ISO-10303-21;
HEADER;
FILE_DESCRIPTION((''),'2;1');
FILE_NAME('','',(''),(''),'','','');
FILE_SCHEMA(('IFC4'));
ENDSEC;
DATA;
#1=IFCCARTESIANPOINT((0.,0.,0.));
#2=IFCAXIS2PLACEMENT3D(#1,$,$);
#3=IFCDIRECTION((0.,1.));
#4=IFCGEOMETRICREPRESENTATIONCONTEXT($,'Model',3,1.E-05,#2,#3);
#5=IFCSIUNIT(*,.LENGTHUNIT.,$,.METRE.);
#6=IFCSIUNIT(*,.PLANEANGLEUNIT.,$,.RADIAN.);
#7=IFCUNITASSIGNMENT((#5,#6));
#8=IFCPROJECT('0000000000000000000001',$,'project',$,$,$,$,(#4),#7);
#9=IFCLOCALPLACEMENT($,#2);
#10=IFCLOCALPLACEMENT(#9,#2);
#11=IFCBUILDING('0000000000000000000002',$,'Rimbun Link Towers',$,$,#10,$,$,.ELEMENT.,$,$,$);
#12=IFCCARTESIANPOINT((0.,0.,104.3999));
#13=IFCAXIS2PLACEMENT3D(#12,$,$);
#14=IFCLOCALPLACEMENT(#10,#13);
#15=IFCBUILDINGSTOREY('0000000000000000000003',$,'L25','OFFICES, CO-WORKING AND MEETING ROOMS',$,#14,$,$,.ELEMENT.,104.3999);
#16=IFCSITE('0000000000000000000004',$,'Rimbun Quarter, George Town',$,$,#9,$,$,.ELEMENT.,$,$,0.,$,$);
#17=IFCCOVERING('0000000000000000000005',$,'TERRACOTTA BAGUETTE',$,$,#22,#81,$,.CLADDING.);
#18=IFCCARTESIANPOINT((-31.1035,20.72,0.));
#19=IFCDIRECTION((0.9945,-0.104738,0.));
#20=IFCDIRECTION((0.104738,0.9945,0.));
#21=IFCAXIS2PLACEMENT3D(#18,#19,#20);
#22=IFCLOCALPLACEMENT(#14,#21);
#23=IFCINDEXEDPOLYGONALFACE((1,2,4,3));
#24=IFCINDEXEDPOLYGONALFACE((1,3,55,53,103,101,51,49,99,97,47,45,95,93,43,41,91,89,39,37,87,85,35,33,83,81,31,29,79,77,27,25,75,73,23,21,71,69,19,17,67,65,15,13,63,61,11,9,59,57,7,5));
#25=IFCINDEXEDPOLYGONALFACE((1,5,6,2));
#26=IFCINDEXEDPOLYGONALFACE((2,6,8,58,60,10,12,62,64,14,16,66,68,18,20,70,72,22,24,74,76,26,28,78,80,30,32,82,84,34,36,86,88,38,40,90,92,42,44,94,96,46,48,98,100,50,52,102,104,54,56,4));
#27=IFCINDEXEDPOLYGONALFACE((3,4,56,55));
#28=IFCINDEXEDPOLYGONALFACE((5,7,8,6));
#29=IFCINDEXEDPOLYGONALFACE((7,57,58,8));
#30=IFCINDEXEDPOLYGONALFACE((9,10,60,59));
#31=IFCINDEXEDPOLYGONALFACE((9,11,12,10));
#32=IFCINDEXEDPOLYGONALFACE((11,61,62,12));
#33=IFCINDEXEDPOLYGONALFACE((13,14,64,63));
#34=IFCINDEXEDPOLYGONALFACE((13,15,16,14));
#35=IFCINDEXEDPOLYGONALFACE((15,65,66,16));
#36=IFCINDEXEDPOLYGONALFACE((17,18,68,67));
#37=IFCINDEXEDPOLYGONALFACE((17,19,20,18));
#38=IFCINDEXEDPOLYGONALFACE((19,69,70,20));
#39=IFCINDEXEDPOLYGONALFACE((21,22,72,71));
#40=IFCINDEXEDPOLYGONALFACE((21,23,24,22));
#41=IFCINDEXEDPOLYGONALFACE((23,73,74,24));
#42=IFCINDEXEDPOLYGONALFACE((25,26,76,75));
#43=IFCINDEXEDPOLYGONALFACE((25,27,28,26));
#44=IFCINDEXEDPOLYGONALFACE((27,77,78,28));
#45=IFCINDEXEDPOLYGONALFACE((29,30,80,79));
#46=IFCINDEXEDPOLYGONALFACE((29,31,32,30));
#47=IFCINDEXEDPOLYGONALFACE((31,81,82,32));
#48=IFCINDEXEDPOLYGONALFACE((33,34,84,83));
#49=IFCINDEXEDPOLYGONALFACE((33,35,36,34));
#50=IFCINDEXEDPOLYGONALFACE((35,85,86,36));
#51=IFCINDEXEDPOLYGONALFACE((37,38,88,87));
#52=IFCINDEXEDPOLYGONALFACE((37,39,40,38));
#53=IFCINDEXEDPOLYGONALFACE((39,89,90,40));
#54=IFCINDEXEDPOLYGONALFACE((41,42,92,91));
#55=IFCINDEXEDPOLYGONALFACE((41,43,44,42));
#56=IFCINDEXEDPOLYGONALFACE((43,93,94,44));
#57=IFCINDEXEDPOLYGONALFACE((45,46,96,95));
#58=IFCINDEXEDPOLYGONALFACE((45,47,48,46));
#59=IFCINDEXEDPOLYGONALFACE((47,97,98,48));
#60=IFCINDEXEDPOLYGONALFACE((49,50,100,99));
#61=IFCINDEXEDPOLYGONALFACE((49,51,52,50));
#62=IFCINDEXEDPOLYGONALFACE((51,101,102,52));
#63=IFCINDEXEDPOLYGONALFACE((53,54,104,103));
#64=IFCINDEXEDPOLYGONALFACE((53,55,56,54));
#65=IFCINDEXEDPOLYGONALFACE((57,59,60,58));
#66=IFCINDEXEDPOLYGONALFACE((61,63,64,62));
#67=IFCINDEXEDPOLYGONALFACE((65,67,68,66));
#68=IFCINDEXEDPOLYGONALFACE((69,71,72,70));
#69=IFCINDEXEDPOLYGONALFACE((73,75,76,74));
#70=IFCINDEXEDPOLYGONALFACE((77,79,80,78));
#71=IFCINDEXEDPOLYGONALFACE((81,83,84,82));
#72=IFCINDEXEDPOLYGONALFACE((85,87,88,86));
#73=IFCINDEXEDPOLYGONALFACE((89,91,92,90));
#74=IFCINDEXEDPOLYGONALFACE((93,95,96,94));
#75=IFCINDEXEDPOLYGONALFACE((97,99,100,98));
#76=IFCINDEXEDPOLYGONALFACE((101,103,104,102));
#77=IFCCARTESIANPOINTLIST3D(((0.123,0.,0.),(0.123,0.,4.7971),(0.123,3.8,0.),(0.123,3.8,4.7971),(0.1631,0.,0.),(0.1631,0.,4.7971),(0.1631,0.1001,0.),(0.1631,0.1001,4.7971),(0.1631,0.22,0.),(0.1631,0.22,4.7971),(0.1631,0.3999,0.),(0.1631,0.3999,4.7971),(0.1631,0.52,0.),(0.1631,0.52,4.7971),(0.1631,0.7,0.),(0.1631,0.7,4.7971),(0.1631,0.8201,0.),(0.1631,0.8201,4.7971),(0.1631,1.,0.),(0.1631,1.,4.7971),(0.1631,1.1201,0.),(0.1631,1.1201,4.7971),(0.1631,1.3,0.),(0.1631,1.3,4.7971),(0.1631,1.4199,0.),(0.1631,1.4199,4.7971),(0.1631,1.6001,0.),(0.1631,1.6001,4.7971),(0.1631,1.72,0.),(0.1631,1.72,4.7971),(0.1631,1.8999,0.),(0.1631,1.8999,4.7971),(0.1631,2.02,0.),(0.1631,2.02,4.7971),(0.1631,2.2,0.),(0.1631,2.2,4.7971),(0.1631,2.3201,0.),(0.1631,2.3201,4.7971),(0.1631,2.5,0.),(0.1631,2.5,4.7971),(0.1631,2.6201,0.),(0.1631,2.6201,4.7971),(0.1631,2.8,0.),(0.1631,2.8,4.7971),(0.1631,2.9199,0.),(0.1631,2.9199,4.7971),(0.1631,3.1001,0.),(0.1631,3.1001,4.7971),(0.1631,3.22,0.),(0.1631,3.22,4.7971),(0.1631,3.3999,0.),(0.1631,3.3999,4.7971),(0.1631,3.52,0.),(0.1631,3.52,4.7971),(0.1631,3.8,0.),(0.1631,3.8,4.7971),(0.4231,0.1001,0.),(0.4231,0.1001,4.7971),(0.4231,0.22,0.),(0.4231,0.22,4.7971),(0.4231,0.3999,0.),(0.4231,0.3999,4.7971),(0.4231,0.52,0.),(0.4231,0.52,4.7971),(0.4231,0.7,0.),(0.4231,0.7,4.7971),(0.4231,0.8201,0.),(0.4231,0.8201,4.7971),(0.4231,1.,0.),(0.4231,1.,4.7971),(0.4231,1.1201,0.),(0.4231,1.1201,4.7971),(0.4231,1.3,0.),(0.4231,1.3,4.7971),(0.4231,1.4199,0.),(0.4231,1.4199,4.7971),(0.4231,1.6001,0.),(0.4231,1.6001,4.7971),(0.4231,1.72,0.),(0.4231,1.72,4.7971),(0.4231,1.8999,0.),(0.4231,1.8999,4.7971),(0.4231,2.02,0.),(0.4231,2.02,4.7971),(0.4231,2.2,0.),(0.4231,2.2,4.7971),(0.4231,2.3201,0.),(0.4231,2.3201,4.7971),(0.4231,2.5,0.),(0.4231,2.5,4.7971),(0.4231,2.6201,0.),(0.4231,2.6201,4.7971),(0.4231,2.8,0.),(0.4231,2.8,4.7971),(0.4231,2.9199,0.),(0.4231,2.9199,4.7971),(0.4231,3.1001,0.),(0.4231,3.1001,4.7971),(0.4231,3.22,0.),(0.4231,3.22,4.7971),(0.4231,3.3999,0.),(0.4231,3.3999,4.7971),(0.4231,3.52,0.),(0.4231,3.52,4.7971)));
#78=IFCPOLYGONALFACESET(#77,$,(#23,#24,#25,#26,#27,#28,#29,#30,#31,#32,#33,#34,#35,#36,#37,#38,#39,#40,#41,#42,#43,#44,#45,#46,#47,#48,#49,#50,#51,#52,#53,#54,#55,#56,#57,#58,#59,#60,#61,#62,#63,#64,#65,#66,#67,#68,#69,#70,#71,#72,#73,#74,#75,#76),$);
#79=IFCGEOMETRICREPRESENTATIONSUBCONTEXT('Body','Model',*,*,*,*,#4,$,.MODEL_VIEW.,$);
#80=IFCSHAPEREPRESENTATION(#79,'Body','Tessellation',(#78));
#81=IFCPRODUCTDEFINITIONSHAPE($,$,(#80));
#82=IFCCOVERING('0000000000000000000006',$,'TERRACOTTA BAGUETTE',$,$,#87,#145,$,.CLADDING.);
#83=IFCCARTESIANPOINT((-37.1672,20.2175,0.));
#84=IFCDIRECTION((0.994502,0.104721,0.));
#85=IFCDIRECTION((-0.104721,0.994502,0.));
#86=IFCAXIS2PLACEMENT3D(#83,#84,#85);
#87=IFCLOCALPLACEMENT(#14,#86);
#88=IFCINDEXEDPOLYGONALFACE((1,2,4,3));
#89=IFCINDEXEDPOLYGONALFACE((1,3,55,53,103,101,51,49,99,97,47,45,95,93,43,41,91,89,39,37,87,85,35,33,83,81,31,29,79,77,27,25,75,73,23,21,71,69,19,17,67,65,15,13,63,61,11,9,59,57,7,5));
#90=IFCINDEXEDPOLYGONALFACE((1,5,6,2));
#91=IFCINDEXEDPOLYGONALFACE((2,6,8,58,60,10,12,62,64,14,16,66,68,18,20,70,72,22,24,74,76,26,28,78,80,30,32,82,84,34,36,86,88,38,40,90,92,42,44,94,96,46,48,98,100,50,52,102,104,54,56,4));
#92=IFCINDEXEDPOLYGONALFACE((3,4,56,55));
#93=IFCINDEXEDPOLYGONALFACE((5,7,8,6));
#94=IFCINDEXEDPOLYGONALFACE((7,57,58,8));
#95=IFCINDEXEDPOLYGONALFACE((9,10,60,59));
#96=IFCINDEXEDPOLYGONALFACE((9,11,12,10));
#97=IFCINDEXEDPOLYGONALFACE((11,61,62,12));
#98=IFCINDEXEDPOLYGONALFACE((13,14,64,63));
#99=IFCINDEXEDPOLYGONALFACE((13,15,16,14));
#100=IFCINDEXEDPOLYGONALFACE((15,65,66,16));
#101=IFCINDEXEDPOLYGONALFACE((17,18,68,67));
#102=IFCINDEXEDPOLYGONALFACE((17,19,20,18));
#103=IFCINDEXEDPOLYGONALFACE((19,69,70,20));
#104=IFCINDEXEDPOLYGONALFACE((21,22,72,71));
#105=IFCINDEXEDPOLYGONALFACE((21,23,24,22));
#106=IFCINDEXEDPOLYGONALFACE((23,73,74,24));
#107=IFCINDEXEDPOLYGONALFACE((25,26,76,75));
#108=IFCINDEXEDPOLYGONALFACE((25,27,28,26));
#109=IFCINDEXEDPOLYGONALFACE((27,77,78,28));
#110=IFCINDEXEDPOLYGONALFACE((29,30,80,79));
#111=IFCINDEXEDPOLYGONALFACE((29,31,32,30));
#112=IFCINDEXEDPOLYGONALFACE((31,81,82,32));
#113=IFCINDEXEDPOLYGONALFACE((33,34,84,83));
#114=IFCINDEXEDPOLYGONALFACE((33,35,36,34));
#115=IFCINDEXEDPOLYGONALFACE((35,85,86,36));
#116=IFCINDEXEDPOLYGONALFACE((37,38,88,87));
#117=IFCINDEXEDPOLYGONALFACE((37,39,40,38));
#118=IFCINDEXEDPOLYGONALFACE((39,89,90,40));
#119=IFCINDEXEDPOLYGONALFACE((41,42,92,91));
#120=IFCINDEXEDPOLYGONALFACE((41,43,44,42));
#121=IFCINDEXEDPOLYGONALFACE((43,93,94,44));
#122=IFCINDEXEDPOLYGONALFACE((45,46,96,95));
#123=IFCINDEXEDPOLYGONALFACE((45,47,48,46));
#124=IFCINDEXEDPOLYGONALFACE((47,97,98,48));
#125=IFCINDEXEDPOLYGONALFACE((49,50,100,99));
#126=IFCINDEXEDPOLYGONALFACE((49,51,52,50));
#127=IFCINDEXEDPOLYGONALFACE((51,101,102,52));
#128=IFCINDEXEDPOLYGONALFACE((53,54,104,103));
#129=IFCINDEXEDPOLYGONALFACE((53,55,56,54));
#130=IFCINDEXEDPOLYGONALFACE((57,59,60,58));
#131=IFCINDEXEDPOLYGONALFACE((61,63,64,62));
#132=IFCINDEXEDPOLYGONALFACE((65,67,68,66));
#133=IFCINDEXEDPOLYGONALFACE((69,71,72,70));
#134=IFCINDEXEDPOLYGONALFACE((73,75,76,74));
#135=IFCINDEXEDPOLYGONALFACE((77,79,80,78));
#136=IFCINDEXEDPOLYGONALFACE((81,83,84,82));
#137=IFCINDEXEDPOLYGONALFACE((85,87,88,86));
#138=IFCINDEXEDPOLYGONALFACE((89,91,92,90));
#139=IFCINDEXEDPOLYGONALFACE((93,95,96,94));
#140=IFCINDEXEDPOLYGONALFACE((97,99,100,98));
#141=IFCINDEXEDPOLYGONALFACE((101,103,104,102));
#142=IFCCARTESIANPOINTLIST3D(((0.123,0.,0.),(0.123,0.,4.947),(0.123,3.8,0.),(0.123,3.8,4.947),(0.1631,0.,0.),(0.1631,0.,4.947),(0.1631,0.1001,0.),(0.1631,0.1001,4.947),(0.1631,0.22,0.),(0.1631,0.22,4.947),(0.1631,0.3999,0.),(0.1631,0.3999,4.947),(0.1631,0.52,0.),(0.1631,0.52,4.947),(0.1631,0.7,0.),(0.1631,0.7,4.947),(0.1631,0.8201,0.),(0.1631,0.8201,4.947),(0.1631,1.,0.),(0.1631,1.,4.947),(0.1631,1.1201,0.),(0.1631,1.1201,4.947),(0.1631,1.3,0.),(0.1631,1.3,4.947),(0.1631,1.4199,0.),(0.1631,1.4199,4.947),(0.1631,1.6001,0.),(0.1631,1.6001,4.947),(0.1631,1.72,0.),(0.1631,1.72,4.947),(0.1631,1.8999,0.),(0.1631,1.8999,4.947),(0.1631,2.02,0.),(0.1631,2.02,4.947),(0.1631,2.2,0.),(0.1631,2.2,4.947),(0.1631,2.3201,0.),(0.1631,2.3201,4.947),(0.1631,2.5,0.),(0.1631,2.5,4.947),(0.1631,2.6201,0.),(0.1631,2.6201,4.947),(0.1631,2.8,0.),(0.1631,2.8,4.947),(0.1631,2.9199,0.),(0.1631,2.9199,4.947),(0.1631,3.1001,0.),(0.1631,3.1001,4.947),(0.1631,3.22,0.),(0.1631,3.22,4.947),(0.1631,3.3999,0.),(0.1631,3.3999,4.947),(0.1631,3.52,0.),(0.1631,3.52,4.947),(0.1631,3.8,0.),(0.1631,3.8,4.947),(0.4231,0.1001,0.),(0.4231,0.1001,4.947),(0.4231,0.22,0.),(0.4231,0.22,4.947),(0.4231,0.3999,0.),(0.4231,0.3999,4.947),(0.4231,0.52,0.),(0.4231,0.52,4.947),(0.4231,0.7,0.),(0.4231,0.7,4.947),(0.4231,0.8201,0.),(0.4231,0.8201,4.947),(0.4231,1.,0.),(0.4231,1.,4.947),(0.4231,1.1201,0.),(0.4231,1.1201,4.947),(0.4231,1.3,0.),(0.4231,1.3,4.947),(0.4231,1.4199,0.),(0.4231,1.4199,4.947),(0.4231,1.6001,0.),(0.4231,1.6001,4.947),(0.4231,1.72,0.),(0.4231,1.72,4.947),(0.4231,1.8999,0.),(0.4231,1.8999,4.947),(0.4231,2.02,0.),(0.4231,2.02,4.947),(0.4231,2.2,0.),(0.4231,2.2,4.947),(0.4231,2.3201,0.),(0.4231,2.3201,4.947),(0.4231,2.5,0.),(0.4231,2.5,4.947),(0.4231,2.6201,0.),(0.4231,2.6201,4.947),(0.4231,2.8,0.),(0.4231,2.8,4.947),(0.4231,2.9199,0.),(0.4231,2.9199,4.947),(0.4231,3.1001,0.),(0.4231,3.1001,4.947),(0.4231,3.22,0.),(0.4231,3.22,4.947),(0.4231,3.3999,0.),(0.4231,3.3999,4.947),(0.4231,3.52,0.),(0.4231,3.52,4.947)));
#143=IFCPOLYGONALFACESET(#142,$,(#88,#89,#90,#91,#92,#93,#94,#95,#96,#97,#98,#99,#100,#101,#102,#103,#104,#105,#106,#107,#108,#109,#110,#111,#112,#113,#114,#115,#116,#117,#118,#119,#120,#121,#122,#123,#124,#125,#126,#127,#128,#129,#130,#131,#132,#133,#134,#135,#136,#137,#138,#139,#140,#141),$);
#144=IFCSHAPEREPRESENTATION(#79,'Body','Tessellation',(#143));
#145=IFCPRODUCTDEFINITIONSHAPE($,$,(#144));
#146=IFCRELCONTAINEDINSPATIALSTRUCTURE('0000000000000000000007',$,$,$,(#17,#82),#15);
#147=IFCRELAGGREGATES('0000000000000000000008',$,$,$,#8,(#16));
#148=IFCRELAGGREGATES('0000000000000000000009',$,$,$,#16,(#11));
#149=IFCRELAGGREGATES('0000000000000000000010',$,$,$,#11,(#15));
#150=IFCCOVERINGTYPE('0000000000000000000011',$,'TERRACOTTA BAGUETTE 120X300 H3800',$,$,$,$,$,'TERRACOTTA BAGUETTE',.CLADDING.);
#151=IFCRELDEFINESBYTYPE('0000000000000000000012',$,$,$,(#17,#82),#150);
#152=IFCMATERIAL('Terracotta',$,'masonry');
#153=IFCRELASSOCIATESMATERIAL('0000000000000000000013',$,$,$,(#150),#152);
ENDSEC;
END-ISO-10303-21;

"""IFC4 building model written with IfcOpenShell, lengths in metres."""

from ifc_helpers import new_model, si_unit, direction, frame, origin, place, context, subcontext, project, spatial, polyline, outline, extrude, material, material_profile, profile_set, type_object, element, save


model = new_model("IFC4")

# Units and contexts
model_context = context("Model", 3, precision=1e-05, world=origin(), true_north=direction((0.0, 1.0)))
body_context = subcontext(model_context, "Body", "Model", "MODEL_VIEW")
ifc_project = project(units=[si_unit("LENGTHUNIT", "METRE"), si_unit("PLANEANGLEUNIT", "RADIAN")], contexts=[model_context])

# Site, building, storey
site_placement = place(None, origin())
site = spatial("IfcSite", under=ifc_project, at=site_placement, Name="Rimbun Quarter, George Town", CompositionType="ELEMENT", RefElevation=0.0)
building_placement = place(site_placement, origin())
building = spatial("IfcBuilding", under=site, at=building_placement, Name="Rimbun Link Towers", CompositionType="ELEMENT")
storey_placement = place(building_placement, frame((0.0, 0.0, 104.3999)))
storey = spatial("IfcBuildingStorey", under=building, at=storey_placement, Name="L25", Description="OFFICES, CO-WORKING AND MEETING ROOMS", CompositionType="ELEMENT", Elevation=104.3999)

# Coverings
ifc_material_1 = material(Name="Terracotta", Category="masonry")
ifc_material_profile_1 = material_profile(ifc_material_1, outline(polyline([(0.123, 0.0), (0.1631, 0.0), (0.1631, 0.1001), (0.4231, 0.1001), (0.4231, 0.22), (0.1631, 0.22), (0.1631, 0.3999), (0.4231, 0.3999), (0.4231, 0.52), (0.1631, 0.52), (0.1631, 0.7), (0.4231, 0.7), (0.4231, 0.8201), (0.1631, 0.8201), (0.1631, 1.0), (0.4231, 1.0), (0.4231, 1.1201), (0.1631, 1.1201), (0.1631, 1.3), (0.4231, 1.3), (0.4231, 1.4199), (0.1631, 1.4199), (0.1631, 1.6001), (0.4231, 1.6001), (0.4231, 1.72), (0.1631, 1.72), (0.1631, 1.8999), (0.4231, 1.8999), (0.4231, 2.02), (0.1631, 2.02), (0.1631, 2.2), (0.4231, 2.2), (0.4231, 2.3201), (0.1631, 2.3201), (0.1631, 2.5), (0.4231, 2.5), (0.4231, 2.6201), (0.1631, 2.6201), (0.1631, 2.8), (0.4231, 2.8), (0.4231, 2.9199), (0.1631, 2.9199), (0.1631, 3.1001), (0.4231, 3.1001), (0.4231, 3.22), (0.1631, 3.22), (0.1631, 3.3999), (0.4231, 3.3999), (0.4231, 3.52), (0.1631, 3.52), (0.1631, 3.8), (0.123, 3.8), (0.123, 0.0)])), Name="BAGUETTE 120X300")
ifc_profile_set_1 = profile_set([ifc_material_profile_1], Name="Terracotta")
covering_type = type_object("IfcCoveringType", Name="TERRACOTTA BAGUETTE 120X300 H3800", ElementType="TERRACOTTA BAGUETTE", PredefinedType="CLADDING", material=ifc_profile_set_1)
covering_1_placement = place(storey_placement, frame((-31.1035, 20.72, 0.0), z_axis=(0.9945, -0.104738, 0.0), x_axis=(0.104738, 0.9945, 0.0)))
element("IfcCovering", 1, at=covering_1_placement, inside=storey, type_object=covering_type, Name="TERRACOTTA BAGUETTE", PredefinedType="CLADDING", context=body_context, shape_type="SweptSolid", body=[
    extrude(outline(polyline([(0.123, 0.0), (0.1631, 0.0), (0.1631, 0.1001), (0.4231, 0.1001), (0.4231, 0.22), (0.1631, 0.22), (0.1631, 0.3999), (0.4231, 0.3999), (0.4231, 0.52), (0.1631, 0.52), (0.1631, 0.7), (0.4231, 0.7), (0.4231, 0.8201), (0.1631, 0.8201), (0.1631, 1.0), (0.4231, 1.0), (0.4231, 1.1201), (0.1631, 1.1201), (0.1631, 1.3), (0.4231, 1.3), (0.4231, 1.4199), (0.1631, 1.4199), (0.1631, 1.6001), (0.4231, 1.6001), (0.4231, 1.72), (0.1631, 1.72), (0.1631, 1.8999), (0.4231, 1.8999), (0.4231, 2.02), (0.1631, 2.02), (0.1631, 2.2), (0.4231, 2.2), (0.4231, 2.3201), (0.1631, 2.3201), (0.1631, 2.5), (0.4231, 2.5), (0.4231, 2.6201), (0.1631, 2.6201), (0.1631, 2.8), (0.4231, 2.8), (0.4231, 2.9199), (0.1631, 2.9199), (0.1631, 3.1001), (0.4231, 3.1001), (0.4231, 3.22), (0.1631, 3.22), (0.1631, 3.3999), (0.4231, 3.3999), (0.4231, 3.52), (0.1631, 3.52), (0.1631, 3.8), (0.123, 3.8), (0.123, 0.0)])), origin(), (0.0, 0.0, 1.0), 4.7971),
])
covering_2_placement = place(storey_placement, frame((-37.1672, 20.2175, 0.0), z_axis=(0.994502, 0.104721, 0.0), x_axis=(-0.104721, 0.994502, 0.0)))
element("IfcCovering", 2, at=covering_2_placement, inside=storey, type_object=covering_type, Name="TERRACOTTA BAGUETTE", PredefinedType="CLADDING", context=body_context, shape_type="SweptSolid", body=[
    extrude(outline(polyline([(0.123, 0.0), (0.1631, 0.0), (0.1631, 0.1001), (0.4231, 0.1001), (0.4231, 0.22), (0.1631, 0.22), (0.1631, 0.3999), (0.4231, 0.3999), (0.4231, 0.52), (0.1631, 0.52), (0.1631, 0.7), (0.4231, 0.7), (0.4231, 0.8201), (0.1631, 0.8201), (0.1631, 1.0), (0.4231, 1.0), (0.4231, 1.1201), (0.1631, 1.1201), (0.1631, 1.3), (0.4231, 1.3), (0.4231, 1.4199), (0.1631, 1.4199), (0.1631, 1.6001), (0.4231, 1.6001), (0.4231, 1.72), (0.1631, 1.72), (0.1631, 1.8999), (0.4231, 1.8999), (0.4231, 2.02), (0.1631, 2.02), (0.1631, 2.2), (0.4231, 2.2), (0.4231, 2.3201), (0.1631, 2.3201), (0.1631, 2.5), (0.4231, 2.5), (0.4231, 2.6201), (0.1631, 2.6201), (0.1631, 2.8), (0.4231, 2.8), (0.4231, 2.9199), (0.1631, 2.9199), (0.1631, 3.1001), (0.4231, 3.1001), (0.4231, 3.22), (0.1631, 3.22), (0.1631, 3.3999), (0.4231, 3.3999), (0.4231, 3.52), (0.1631, 3.52), (0.1631, 3.8), (0.123, 3.8), (0.123, 0.0)])), origin(), (0.0, 0.0, 1.0), 4.947),
])

save(model, "model.ifc")
